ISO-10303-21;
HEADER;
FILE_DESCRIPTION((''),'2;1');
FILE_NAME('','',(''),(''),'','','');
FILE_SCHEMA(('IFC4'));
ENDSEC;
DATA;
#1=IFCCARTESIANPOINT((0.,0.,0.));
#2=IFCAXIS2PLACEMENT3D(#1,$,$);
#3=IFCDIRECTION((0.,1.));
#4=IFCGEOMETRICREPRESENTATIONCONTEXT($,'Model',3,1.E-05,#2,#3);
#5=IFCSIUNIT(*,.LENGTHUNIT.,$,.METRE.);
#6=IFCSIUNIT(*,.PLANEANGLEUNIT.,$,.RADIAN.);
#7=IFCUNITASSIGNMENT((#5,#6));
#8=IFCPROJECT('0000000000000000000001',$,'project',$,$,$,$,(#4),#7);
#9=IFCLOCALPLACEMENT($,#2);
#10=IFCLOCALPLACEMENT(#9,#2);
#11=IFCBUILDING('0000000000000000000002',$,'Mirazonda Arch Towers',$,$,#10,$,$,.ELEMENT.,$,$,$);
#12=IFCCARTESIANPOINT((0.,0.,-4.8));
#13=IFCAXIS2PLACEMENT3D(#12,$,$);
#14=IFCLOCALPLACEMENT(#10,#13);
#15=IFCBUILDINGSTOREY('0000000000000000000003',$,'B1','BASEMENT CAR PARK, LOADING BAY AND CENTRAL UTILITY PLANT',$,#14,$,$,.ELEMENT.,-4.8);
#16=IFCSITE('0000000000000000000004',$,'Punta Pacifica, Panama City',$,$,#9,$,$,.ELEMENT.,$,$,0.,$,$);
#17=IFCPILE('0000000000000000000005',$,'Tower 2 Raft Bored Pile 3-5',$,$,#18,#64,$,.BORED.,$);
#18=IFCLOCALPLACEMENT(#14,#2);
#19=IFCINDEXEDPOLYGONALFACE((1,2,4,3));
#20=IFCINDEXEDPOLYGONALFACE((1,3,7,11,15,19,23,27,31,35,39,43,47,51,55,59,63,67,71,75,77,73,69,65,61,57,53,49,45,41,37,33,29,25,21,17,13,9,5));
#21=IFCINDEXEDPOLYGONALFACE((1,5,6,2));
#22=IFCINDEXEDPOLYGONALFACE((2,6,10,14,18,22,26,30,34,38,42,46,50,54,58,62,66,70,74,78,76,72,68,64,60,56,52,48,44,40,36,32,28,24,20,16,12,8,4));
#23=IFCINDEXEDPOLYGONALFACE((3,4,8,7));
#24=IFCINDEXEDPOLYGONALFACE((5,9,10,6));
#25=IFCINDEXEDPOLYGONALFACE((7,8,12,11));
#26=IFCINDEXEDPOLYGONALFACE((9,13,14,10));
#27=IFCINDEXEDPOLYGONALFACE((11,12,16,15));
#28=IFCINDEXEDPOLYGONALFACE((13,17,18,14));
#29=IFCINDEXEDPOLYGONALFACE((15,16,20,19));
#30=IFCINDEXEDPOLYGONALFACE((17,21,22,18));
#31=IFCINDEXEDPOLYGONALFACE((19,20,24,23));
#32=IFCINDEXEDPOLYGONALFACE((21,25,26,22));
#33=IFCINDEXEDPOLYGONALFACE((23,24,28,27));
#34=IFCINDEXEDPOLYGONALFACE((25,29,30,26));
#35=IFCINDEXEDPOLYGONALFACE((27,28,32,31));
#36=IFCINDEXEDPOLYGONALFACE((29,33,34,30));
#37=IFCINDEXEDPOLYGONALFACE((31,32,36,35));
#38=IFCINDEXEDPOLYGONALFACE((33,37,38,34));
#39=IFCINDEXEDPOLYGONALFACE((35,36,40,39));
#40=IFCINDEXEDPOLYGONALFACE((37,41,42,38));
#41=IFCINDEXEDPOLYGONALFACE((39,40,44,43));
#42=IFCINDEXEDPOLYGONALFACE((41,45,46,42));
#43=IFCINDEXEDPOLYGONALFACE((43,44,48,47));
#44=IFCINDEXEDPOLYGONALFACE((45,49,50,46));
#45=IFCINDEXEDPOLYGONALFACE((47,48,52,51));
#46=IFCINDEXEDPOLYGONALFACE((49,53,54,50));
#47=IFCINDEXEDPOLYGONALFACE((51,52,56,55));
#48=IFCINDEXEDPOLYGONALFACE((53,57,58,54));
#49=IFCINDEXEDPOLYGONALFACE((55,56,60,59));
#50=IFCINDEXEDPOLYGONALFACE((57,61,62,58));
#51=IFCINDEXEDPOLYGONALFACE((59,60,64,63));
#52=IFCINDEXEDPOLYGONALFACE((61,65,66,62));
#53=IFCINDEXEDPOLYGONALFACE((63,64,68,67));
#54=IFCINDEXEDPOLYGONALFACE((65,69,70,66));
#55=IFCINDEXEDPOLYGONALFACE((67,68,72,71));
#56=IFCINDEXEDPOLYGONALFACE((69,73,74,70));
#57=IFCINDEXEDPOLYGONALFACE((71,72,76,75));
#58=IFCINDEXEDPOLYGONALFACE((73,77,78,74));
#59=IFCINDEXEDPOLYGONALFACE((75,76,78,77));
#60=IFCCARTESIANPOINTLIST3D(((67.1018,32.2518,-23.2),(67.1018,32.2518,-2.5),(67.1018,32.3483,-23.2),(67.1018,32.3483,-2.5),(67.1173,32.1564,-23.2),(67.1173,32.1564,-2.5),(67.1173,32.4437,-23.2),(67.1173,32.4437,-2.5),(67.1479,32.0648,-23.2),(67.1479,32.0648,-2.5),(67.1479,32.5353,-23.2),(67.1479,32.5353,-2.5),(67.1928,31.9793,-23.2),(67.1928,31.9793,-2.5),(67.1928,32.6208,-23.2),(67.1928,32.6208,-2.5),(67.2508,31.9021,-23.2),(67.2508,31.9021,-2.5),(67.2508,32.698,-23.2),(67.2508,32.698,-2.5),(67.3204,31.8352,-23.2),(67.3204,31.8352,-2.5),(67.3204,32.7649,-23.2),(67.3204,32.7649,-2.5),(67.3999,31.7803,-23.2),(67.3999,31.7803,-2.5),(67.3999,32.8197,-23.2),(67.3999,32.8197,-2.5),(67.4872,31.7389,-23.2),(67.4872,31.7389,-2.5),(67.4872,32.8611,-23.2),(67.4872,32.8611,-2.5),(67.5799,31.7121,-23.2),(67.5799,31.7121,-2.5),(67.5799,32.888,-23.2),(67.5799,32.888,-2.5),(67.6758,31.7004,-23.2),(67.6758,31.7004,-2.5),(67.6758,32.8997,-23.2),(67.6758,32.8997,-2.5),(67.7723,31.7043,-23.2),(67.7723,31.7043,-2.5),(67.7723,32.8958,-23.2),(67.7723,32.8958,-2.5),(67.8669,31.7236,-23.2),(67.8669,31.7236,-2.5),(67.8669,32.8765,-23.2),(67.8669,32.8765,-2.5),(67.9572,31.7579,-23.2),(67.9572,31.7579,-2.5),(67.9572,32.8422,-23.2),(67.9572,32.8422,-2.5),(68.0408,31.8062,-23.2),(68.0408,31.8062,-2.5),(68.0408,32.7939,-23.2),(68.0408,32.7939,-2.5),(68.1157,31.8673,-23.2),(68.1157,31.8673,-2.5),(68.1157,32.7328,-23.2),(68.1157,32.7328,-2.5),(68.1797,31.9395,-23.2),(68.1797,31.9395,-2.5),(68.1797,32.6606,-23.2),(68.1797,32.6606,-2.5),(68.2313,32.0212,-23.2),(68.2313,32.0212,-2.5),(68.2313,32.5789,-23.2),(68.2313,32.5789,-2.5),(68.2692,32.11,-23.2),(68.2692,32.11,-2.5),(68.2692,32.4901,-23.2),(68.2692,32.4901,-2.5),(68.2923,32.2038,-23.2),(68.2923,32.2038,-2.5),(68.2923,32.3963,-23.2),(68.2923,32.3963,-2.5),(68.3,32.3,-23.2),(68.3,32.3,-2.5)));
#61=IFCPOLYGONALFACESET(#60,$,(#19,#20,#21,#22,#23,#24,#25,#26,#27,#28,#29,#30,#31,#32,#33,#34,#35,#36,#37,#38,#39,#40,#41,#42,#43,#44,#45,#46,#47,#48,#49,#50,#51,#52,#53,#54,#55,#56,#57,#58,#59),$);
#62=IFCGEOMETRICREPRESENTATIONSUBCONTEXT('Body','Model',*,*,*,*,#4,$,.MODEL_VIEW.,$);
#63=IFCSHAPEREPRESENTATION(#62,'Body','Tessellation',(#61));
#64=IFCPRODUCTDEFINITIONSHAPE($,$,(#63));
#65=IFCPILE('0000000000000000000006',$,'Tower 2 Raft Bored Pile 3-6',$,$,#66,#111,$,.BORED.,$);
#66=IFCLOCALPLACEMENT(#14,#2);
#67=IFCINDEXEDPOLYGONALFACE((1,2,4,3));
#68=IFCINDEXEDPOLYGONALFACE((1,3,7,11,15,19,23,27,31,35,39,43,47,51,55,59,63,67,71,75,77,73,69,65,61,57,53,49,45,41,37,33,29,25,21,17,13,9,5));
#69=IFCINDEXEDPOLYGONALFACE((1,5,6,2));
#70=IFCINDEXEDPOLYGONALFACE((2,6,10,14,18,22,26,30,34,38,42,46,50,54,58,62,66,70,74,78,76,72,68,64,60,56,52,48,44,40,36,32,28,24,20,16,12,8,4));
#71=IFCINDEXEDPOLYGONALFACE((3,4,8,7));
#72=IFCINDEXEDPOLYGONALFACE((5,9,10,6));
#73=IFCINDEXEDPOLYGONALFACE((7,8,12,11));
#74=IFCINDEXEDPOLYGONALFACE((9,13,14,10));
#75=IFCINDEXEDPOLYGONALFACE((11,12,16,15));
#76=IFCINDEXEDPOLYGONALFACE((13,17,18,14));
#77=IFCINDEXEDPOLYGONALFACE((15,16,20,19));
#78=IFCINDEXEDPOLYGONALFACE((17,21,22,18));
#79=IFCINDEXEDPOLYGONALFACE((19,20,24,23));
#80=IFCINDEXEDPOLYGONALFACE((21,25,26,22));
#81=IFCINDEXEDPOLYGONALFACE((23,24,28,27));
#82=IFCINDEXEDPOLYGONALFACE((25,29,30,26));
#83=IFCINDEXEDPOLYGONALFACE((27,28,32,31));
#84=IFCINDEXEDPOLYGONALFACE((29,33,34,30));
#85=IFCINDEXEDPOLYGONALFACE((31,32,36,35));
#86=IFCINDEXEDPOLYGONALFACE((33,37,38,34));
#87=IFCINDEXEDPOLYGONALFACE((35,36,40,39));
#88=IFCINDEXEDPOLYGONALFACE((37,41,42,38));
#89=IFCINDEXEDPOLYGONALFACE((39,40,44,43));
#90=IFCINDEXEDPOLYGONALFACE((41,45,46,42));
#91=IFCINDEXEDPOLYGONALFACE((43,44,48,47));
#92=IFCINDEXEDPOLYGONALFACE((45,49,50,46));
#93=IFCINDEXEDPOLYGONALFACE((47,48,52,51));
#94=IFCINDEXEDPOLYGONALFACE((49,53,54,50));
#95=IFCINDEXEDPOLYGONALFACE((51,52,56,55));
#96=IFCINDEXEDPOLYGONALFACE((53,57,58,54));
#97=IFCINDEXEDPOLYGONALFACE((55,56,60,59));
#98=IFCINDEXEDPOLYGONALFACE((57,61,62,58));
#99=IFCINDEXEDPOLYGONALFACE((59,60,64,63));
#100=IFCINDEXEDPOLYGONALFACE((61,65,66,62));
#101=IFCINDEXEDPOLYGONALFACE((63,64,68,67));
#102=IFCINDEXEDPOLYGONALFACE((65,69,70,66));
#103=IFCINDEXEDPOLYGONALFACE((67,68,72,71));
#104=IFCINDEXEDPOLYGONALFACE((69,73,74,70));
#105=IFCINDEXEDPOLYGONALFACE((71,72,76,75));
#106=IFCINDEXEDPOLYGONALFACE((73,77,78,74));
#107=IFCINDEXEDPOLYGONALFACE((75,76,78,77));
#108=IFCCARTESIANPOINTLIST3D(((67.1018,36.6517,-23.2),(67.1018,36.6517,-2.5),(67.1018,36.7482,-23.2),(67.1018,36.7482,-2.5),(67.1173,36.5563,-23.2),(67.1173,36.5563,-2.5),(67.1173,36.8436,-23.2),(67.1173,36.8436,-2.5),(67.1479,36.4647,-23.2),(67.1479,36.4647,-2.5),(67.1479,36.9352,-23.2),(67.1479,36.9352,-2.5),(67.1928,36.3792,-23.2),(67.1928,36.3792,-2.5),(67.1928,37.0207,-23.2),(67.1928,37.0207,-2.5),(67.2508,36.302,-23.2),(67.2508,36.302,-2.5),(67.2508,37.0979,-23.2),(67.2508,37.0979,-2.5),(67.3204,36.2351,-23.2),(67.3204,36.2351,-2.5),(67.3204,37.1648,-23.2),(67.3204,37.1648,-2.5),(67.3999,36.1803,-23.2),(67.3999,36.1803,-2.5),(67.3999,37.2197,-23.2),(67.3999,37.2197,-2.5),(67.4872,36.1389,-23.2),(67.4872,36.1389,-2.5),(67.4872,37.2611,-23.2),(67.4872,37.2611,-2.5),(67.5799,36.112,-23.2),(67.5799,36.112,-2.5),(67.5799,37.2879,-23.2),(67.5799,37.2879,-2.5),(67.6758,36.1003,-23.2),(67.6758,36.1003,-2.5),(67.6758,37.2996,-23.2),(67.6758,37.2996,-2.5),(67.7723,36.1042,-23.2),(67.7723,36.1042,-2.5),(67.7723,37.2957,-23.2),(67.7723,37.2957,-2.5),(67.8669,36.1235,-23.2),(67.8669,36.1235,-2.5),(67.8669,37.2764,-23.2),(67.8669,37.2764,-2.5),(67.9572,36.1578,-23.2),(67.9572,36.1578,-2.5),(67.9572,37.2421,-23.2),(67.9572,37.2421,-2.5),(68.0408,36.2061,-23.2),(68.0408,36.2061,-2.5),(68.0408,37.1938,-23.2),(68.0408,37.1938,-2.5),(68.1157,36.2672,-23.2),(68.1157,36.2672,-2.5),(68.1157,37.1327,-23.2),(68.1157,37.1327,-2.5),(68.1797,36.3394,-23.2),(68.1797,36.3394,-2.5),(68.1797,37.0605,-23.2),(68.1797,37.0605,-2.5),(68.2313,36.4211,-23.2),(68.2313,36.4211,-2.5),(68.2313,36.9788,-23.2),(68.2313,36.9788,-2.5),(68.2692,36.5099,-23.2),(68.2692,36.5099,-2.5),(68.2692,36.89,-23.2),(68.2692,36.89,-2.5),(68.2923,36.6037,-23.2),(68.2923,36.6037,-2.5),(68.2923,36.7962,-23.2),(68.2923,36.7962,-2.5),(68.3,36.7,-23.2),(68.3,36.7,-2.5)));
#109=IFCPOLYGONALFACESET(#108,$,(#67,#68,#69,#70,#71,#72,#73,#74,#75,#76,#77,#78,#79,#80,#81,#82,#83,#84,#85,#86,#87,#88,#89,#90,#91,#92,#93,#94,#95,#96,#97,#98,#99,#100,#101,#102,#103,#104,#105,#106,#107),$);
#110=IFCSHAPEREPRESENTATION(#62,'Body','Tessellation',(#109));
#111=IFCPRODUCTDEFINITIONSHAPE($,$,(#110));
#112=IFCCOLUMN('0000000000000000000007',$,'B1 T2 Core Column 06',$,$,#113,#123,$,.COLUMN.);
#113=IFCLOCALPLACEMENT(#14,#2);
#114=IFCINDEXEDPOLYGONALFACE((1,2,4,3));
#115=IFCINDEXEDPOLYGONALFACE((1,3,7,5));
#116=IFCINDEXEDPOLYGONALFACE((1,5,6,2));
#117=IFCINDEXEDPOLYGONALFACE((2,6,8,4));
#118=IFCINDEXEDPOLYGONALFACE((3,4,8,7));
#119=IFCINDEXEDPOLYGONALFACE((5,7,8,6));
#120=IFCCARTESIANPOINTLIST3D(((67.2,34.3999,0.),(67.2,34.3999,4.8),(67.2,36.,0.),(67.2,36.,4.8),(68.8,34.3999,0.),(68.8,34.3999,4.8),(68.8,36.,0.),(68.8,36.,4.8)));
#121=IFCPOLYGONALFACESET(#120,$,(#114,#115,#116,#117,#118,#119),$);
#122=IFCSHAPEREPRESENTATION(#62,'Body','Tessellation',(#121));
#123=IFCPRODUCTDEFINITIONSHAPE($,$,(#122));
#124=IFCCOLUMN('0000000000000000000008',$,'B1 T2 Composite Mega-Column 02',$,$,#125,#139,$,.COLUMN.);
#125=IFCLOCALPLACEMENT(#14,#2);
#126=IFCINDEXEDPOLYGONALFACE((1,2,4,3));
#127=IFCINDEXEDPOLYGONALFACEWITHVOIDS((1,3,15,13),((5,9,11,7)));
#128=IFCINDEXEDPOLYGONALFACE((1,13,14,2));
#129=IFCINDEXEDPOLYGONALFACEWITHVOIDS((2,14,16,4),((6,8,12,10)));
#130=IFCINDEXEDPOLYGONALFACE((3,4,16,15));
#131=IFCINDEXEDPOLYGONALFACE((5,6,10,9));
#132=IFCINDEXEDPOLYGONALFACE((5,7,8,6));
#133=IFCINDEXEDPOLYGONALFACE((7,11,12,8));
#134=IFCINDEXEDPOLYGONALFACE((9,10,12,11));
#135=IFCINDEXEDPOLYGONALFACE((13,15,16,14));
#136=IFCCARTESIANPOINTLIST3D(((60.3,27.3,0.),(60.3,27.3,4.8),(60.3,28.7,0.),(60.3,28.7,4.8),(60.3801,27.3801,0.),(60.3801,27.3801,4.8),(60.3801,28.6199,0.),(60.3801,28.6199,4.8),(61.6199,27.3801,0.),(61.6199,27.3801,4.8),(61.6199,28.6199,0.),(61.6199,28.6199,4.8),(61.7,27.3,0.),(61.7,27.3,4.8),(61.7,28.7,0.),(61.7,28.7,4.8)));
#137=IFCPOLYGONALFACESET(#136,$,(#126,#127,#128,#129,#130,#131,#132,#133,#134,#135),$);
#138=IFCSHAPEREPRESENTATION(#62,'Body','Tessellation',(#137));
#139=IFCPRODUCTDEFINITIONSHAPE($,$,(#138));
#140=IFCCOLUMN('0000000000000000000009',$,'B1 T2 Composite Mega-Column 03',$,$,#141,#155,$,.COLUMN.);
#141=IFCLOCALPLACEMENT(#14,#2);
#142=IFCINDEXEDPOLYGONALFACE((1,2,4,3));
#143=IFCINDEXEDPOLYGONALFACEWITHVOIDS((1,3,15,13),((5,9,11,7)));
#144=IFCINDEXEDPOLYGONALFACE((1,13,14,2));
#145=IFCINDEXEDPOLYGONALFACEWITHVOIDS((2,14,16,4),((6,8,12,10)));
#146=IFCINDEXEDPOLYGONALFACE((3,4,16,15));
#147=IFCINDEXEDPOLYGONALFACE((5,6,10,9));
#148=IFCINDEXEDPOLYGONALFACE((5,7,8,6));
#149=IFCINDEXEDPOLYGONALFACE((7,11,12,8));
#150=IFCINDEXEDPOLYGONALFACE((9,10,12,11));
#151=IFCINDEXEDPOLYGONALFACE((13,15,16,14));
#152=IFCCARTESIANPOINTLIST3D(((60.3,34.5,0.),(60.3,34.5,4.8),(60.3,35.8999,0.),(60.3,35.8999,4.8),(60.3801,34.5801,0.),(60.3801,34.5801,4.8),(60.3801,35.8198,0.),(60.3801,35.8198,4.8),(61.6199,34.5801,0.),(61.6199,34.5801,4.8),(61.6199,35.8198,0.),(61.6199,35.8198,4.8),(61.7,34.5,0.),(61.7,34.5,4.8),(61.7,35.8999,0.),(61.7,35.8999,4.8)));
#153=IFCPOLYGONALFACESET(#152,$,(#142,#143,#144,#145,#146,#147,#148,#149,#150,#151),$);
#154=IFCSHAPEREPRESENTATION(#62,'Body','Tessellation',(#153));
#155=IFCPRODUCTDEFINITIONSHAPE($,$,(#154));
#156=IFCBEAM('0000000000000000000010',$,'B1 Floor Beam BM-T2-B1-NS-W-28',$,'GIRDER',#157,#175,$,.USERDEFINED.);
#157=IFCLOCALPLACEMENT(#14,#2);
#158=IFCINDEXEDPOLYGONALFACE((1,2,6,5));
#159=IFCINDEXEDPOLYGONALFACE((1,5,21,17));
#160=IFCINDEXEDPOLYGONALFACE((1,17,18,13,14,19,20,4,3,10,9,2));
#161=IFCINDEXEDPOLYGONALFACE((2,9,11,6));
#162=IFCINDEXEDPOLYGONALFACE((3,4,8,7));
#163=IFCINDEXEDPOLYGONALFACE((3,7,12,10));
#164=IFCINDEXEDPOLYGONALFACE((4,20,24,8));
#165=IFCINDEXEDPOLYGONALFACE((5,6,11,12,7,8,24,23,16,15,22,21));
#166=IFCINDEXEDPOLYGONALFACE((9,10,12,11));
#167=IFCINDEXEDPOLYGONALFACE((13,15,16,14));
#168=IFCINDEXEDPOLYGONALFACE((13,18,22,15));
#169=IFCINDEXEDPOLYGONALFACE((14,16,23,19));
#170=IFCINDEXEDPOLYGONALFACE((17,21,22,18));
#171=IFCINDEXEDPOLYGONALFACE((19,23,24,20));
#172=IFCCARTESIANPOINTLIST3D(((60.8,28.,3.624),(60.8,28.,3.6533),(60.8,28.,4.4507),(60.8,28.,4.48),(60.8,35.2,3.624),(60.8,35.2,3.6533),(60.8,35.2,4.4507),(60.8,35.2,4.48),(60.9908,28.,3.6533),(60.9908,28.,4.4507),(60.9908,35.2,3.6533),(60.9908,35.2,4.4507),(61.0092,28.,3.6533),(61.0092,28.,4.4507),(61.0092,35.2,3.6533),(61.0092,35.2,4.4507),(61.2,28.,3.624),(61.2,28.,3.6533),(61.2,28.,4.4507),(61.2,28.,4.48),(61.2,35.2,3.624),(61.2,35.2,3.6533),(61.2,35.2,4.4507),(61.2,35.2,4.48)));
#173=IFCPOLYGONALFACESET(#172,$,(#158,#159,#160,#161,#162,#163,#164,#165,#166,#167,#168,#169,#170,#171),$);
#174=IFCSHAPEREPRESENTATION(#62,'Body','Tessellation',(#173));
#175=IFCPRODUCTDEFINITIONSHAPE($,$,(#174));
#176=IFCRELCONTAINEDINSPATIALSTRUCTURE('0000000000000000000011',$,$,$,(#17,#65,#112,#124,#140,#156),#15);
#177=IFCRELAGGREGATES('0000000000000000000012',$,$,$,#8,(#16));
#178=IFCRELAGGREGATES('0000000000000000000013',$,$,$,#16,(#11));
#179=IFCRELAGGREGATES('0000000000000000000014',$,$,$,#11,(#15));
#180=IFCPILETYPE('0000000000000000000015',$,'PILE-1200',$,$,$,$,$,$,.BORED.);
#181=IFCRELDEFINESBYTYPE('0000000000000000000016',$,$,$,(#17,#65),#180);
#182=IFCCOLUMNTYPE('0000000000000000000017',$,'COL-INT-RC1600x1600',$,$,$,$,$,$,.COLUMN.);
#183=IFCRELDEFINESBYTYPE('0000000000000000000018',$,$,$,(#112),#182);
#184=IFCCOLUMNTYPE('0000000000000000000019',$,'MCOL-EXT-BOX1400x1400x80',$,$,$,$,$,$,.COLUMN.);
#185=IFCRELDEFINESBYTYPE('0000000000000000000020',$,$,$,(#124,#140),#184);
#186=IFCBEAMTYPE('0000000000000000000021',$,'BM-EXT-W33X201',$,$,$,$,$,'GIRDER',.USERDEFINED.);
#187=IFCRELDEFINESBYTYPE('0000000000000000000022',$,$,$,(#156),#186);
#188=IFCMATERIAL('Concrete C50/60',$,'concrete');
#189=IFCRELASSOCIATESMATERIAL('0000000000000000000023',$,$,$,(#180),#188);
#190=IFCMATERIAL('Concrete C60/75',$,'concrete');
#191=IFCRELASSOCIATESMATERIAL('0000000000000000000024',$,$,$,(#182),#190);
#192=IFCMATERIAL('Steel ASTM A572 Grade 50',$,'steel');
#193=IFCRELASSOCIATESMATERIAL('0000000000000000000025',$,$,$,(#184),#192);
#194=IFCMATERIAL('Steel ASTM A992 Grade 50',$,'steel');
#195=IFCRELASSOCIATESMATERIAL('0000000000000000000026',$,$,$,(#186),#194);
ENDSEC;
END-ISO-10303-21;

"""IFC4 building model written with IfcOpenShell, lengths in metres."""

from ifc_helpers import new_model, si_unit, direction, frame, origin, origin_2d, place, context, subcontext, project, spatial, rectangle, hollow_rectangle, circle, i_section, extrude, material, material_profile, profile_set, type_object, element, save


model = new_model("IFC4")

# Units and contexts
model_context = context("Model", 3, precision=1e-05, world=origin(), true_north=direction((0.0, 1.0)))
body_context = subcontext(model_context, "Body", "Model", "MODEL_VIEW")
ifc_project = project(units=[si_unit("LENGTHUNIT", "METRE"), si_unit("PLANEANGLEUNIT", "RADIAN")], contexts=[model_context])

# Site, building, storey
site_placement = place(None, origin())
site = spatial("IfcSite", under=ifc_project, at=site_placement, Name="Punta Pacifica, Panama City", CompositionType="ELEMENT", RefElevation=0.0)
building_placement = place(site_placement, origin())
building = spatial("IfcBuilding", under=site, at=building_placement, Name="Mirazonda Arch Towers", CompositionType="ELEMENT")
storey_placement = place(building_placement, frame((0.0, 0.0, -4.8)))
storey = spatial("IfcBuildingStorey", under=building, at=storey_placement, Name="B1", Description="BASEMENT CAR PARK, LOADING BAY AND CENTRAL UTILITY PLANT", CompositionType="ELEMENT", Elevation=-4.8)

# Piles
ifc_material_1 = material(Name="Concrete C50/60", Category="concrete")
ifc_material_profile_1 = material_profile(ifc_material_1, circle(Radius=0.6001, at=origin_2d()), Name="BORED-D1200")
ifc_profile_set_1 = profile_set([ifc_material_profile_1], Name="Concrete C50/60")
pile_type = type_object("IfcPileType", Name="PILE-1200", PredefinedType="BORED", material=ifc_profile_set_1)
for number, where, z_axis, x_axis, name in (
    (1, (67.7, 32.3, -2.5), (0.0, 0.0, -1.0), (1.0, 0.0, 0.0), "Tower 2 Raft Bored Pile 3-5"),
    (2, (67.7, 36.7, -2.5), (0.0, 0.0, -1.0), (1.0, 0.0, 0.0), "Tower 2 Raft Bored Pile 3-6"),
):
    element("IfcPile", number, at=place(storey_placement, frame(where, z_axis=z_axis, x_axis=x_axis)), inside=storey, type_object=pile_type, Name=name, PredefinedType="BORED", context=body_context, shape_type="SweptSolid", body=[
        extrude(circle(Radius=0.6001, at=origin_2d()), origin(), (0.0, 0.0, 1.0), 20.7),
    ])

# Columns
ifc_material_2 = material(Name="Concrete C60/75", Category="concrete")
ifc_material_profile_2 = material_profile(ifc_material_2, rectangle(XDim=1.6001, YDim=1.6001, at=origin_2d()), Name="RC1600x1600")
ifc_profile_set_2 = profile_set([ifc_material_profile_2], Name="Concrete C60/75")
column_type_1 = type_object("IfcColumnType", Name="COL-INT-RC1600x1600", PredefinedType="COLUMN", material=ifc_profile_set_2)
column_placement = place(storey_placement, frame((68.0, 35.2, 0.0), z_axis=(0.0, 0.0, 1.0), x_axis=(1.0, 0.0, 0.0)))
element("IfcColumn", 3, at=column_placement, inside=storey, type_object=column_type_1, Name="B1 T2 Core Column 06", PredefinedType="COLUMN", context=body_context, shape_type="SweptSolid", body=[
    extrude(rectangle(XDim=1.6001, YDim=1.6001, at=origin_2d()), origin(), (0.0, 0.0, 1.0), 4.8),
])
ifc_material_3 = material(Name="Steel ASTM A572 Grade 50", Category="steel")
ifc_material_profile_3 = material_profile(ifc_material_3, hollow_rectangle(XDim=1.3999, YDim=1.3999, WallThickness=0.0801, at=origin_2d()), Name="BOX1400x1400x80")
ifc_profile_set_3 = profile_set([ifc_material_profile_3], Name="Steel ASTM A572 Grade 50")
column_type_2 = type_object("IfcColumnType", Name="MCOL-EXT-BOX1400x1400x80", PredefinedType="COLUMN", material=ifc_profile_set_3)
for number, where, z_axis, x_axis, name in (
    (4, (61.0, 28.0, 0.0), (0.0, 0.0, 1.0), (1.0, 0.0, 0.0), "B1 T2 Composite Mega-Column 02"),
    (5, (61.0, 35.2, 0.0), (0.0, 0.0, 1.0), (1.0, 0.0, 0.0), "B1 T2 Composite Mega-Column 03"),
):
    element("IfcColumn", number, at=place(storey_placement, frame(where, z_axis=z_axis, x_axis=x_axis)), inside=storey, type_object=column_type_2, Name=name, PredefinedType="COLUMN", context=body_context, shape_type="SweptSolid", body=[
        extrude(hollow_rectangle(XDim=1.3999, YDim=1.3999, WallThickness=0.0801, at=origin_2d()), origin(), (0.0, 0.0, 1.0), 4.8),
    ])

# Beam
ifc_material_4 = material(Name="Steel ASTM A992 Grade 50", Category="steel")
ifc_material_profile_4 = material_profile(ifc_material_4, i_section(OverallWidth=0.3999, OverallDepth=0.856, WebThickness=0.0183, FlangeThickness=0.0293, at=origin_2d()), Name="W33X201")
ifc_profile_set_4 = profile_set([ifc_material_profile_4], Name="Steel ASTM A992 Grade 50")
beam_type_1 = type_object("IfcBeamType", Name="BM-EXT-W33X201", ElementType="GIRDER", PredefinedType="USERDEFINED", material=ifc_profile_set_4)
beam_1_placement = place(storey_placement, frame((61.0, 28.0, 4.052), z_axis=(0.0, 1.0, 0.0), x_axis=(-1.0, 0.0, 0.0)))
element("IfcBeam", 6, at=beam_1_placement, inside=storey, type_object=beam_type_1, Name="B1 Floor Beam BM-T2-B1-NS-W-28", ObjectType="GIRDER", PredefinedType="USERDEFINED", context=body_context, shape_type="SweptSolid", body=[
    extrude(i_section(OverallWidth=0.3999, OverallDepth=0.856, WebThickness=0.0183, FlangeThickness=0.0293, at=origin_2d()), origin(), (0.0, 0.0, 1.0), 7.2),
])

save(model, "model.ifc")
